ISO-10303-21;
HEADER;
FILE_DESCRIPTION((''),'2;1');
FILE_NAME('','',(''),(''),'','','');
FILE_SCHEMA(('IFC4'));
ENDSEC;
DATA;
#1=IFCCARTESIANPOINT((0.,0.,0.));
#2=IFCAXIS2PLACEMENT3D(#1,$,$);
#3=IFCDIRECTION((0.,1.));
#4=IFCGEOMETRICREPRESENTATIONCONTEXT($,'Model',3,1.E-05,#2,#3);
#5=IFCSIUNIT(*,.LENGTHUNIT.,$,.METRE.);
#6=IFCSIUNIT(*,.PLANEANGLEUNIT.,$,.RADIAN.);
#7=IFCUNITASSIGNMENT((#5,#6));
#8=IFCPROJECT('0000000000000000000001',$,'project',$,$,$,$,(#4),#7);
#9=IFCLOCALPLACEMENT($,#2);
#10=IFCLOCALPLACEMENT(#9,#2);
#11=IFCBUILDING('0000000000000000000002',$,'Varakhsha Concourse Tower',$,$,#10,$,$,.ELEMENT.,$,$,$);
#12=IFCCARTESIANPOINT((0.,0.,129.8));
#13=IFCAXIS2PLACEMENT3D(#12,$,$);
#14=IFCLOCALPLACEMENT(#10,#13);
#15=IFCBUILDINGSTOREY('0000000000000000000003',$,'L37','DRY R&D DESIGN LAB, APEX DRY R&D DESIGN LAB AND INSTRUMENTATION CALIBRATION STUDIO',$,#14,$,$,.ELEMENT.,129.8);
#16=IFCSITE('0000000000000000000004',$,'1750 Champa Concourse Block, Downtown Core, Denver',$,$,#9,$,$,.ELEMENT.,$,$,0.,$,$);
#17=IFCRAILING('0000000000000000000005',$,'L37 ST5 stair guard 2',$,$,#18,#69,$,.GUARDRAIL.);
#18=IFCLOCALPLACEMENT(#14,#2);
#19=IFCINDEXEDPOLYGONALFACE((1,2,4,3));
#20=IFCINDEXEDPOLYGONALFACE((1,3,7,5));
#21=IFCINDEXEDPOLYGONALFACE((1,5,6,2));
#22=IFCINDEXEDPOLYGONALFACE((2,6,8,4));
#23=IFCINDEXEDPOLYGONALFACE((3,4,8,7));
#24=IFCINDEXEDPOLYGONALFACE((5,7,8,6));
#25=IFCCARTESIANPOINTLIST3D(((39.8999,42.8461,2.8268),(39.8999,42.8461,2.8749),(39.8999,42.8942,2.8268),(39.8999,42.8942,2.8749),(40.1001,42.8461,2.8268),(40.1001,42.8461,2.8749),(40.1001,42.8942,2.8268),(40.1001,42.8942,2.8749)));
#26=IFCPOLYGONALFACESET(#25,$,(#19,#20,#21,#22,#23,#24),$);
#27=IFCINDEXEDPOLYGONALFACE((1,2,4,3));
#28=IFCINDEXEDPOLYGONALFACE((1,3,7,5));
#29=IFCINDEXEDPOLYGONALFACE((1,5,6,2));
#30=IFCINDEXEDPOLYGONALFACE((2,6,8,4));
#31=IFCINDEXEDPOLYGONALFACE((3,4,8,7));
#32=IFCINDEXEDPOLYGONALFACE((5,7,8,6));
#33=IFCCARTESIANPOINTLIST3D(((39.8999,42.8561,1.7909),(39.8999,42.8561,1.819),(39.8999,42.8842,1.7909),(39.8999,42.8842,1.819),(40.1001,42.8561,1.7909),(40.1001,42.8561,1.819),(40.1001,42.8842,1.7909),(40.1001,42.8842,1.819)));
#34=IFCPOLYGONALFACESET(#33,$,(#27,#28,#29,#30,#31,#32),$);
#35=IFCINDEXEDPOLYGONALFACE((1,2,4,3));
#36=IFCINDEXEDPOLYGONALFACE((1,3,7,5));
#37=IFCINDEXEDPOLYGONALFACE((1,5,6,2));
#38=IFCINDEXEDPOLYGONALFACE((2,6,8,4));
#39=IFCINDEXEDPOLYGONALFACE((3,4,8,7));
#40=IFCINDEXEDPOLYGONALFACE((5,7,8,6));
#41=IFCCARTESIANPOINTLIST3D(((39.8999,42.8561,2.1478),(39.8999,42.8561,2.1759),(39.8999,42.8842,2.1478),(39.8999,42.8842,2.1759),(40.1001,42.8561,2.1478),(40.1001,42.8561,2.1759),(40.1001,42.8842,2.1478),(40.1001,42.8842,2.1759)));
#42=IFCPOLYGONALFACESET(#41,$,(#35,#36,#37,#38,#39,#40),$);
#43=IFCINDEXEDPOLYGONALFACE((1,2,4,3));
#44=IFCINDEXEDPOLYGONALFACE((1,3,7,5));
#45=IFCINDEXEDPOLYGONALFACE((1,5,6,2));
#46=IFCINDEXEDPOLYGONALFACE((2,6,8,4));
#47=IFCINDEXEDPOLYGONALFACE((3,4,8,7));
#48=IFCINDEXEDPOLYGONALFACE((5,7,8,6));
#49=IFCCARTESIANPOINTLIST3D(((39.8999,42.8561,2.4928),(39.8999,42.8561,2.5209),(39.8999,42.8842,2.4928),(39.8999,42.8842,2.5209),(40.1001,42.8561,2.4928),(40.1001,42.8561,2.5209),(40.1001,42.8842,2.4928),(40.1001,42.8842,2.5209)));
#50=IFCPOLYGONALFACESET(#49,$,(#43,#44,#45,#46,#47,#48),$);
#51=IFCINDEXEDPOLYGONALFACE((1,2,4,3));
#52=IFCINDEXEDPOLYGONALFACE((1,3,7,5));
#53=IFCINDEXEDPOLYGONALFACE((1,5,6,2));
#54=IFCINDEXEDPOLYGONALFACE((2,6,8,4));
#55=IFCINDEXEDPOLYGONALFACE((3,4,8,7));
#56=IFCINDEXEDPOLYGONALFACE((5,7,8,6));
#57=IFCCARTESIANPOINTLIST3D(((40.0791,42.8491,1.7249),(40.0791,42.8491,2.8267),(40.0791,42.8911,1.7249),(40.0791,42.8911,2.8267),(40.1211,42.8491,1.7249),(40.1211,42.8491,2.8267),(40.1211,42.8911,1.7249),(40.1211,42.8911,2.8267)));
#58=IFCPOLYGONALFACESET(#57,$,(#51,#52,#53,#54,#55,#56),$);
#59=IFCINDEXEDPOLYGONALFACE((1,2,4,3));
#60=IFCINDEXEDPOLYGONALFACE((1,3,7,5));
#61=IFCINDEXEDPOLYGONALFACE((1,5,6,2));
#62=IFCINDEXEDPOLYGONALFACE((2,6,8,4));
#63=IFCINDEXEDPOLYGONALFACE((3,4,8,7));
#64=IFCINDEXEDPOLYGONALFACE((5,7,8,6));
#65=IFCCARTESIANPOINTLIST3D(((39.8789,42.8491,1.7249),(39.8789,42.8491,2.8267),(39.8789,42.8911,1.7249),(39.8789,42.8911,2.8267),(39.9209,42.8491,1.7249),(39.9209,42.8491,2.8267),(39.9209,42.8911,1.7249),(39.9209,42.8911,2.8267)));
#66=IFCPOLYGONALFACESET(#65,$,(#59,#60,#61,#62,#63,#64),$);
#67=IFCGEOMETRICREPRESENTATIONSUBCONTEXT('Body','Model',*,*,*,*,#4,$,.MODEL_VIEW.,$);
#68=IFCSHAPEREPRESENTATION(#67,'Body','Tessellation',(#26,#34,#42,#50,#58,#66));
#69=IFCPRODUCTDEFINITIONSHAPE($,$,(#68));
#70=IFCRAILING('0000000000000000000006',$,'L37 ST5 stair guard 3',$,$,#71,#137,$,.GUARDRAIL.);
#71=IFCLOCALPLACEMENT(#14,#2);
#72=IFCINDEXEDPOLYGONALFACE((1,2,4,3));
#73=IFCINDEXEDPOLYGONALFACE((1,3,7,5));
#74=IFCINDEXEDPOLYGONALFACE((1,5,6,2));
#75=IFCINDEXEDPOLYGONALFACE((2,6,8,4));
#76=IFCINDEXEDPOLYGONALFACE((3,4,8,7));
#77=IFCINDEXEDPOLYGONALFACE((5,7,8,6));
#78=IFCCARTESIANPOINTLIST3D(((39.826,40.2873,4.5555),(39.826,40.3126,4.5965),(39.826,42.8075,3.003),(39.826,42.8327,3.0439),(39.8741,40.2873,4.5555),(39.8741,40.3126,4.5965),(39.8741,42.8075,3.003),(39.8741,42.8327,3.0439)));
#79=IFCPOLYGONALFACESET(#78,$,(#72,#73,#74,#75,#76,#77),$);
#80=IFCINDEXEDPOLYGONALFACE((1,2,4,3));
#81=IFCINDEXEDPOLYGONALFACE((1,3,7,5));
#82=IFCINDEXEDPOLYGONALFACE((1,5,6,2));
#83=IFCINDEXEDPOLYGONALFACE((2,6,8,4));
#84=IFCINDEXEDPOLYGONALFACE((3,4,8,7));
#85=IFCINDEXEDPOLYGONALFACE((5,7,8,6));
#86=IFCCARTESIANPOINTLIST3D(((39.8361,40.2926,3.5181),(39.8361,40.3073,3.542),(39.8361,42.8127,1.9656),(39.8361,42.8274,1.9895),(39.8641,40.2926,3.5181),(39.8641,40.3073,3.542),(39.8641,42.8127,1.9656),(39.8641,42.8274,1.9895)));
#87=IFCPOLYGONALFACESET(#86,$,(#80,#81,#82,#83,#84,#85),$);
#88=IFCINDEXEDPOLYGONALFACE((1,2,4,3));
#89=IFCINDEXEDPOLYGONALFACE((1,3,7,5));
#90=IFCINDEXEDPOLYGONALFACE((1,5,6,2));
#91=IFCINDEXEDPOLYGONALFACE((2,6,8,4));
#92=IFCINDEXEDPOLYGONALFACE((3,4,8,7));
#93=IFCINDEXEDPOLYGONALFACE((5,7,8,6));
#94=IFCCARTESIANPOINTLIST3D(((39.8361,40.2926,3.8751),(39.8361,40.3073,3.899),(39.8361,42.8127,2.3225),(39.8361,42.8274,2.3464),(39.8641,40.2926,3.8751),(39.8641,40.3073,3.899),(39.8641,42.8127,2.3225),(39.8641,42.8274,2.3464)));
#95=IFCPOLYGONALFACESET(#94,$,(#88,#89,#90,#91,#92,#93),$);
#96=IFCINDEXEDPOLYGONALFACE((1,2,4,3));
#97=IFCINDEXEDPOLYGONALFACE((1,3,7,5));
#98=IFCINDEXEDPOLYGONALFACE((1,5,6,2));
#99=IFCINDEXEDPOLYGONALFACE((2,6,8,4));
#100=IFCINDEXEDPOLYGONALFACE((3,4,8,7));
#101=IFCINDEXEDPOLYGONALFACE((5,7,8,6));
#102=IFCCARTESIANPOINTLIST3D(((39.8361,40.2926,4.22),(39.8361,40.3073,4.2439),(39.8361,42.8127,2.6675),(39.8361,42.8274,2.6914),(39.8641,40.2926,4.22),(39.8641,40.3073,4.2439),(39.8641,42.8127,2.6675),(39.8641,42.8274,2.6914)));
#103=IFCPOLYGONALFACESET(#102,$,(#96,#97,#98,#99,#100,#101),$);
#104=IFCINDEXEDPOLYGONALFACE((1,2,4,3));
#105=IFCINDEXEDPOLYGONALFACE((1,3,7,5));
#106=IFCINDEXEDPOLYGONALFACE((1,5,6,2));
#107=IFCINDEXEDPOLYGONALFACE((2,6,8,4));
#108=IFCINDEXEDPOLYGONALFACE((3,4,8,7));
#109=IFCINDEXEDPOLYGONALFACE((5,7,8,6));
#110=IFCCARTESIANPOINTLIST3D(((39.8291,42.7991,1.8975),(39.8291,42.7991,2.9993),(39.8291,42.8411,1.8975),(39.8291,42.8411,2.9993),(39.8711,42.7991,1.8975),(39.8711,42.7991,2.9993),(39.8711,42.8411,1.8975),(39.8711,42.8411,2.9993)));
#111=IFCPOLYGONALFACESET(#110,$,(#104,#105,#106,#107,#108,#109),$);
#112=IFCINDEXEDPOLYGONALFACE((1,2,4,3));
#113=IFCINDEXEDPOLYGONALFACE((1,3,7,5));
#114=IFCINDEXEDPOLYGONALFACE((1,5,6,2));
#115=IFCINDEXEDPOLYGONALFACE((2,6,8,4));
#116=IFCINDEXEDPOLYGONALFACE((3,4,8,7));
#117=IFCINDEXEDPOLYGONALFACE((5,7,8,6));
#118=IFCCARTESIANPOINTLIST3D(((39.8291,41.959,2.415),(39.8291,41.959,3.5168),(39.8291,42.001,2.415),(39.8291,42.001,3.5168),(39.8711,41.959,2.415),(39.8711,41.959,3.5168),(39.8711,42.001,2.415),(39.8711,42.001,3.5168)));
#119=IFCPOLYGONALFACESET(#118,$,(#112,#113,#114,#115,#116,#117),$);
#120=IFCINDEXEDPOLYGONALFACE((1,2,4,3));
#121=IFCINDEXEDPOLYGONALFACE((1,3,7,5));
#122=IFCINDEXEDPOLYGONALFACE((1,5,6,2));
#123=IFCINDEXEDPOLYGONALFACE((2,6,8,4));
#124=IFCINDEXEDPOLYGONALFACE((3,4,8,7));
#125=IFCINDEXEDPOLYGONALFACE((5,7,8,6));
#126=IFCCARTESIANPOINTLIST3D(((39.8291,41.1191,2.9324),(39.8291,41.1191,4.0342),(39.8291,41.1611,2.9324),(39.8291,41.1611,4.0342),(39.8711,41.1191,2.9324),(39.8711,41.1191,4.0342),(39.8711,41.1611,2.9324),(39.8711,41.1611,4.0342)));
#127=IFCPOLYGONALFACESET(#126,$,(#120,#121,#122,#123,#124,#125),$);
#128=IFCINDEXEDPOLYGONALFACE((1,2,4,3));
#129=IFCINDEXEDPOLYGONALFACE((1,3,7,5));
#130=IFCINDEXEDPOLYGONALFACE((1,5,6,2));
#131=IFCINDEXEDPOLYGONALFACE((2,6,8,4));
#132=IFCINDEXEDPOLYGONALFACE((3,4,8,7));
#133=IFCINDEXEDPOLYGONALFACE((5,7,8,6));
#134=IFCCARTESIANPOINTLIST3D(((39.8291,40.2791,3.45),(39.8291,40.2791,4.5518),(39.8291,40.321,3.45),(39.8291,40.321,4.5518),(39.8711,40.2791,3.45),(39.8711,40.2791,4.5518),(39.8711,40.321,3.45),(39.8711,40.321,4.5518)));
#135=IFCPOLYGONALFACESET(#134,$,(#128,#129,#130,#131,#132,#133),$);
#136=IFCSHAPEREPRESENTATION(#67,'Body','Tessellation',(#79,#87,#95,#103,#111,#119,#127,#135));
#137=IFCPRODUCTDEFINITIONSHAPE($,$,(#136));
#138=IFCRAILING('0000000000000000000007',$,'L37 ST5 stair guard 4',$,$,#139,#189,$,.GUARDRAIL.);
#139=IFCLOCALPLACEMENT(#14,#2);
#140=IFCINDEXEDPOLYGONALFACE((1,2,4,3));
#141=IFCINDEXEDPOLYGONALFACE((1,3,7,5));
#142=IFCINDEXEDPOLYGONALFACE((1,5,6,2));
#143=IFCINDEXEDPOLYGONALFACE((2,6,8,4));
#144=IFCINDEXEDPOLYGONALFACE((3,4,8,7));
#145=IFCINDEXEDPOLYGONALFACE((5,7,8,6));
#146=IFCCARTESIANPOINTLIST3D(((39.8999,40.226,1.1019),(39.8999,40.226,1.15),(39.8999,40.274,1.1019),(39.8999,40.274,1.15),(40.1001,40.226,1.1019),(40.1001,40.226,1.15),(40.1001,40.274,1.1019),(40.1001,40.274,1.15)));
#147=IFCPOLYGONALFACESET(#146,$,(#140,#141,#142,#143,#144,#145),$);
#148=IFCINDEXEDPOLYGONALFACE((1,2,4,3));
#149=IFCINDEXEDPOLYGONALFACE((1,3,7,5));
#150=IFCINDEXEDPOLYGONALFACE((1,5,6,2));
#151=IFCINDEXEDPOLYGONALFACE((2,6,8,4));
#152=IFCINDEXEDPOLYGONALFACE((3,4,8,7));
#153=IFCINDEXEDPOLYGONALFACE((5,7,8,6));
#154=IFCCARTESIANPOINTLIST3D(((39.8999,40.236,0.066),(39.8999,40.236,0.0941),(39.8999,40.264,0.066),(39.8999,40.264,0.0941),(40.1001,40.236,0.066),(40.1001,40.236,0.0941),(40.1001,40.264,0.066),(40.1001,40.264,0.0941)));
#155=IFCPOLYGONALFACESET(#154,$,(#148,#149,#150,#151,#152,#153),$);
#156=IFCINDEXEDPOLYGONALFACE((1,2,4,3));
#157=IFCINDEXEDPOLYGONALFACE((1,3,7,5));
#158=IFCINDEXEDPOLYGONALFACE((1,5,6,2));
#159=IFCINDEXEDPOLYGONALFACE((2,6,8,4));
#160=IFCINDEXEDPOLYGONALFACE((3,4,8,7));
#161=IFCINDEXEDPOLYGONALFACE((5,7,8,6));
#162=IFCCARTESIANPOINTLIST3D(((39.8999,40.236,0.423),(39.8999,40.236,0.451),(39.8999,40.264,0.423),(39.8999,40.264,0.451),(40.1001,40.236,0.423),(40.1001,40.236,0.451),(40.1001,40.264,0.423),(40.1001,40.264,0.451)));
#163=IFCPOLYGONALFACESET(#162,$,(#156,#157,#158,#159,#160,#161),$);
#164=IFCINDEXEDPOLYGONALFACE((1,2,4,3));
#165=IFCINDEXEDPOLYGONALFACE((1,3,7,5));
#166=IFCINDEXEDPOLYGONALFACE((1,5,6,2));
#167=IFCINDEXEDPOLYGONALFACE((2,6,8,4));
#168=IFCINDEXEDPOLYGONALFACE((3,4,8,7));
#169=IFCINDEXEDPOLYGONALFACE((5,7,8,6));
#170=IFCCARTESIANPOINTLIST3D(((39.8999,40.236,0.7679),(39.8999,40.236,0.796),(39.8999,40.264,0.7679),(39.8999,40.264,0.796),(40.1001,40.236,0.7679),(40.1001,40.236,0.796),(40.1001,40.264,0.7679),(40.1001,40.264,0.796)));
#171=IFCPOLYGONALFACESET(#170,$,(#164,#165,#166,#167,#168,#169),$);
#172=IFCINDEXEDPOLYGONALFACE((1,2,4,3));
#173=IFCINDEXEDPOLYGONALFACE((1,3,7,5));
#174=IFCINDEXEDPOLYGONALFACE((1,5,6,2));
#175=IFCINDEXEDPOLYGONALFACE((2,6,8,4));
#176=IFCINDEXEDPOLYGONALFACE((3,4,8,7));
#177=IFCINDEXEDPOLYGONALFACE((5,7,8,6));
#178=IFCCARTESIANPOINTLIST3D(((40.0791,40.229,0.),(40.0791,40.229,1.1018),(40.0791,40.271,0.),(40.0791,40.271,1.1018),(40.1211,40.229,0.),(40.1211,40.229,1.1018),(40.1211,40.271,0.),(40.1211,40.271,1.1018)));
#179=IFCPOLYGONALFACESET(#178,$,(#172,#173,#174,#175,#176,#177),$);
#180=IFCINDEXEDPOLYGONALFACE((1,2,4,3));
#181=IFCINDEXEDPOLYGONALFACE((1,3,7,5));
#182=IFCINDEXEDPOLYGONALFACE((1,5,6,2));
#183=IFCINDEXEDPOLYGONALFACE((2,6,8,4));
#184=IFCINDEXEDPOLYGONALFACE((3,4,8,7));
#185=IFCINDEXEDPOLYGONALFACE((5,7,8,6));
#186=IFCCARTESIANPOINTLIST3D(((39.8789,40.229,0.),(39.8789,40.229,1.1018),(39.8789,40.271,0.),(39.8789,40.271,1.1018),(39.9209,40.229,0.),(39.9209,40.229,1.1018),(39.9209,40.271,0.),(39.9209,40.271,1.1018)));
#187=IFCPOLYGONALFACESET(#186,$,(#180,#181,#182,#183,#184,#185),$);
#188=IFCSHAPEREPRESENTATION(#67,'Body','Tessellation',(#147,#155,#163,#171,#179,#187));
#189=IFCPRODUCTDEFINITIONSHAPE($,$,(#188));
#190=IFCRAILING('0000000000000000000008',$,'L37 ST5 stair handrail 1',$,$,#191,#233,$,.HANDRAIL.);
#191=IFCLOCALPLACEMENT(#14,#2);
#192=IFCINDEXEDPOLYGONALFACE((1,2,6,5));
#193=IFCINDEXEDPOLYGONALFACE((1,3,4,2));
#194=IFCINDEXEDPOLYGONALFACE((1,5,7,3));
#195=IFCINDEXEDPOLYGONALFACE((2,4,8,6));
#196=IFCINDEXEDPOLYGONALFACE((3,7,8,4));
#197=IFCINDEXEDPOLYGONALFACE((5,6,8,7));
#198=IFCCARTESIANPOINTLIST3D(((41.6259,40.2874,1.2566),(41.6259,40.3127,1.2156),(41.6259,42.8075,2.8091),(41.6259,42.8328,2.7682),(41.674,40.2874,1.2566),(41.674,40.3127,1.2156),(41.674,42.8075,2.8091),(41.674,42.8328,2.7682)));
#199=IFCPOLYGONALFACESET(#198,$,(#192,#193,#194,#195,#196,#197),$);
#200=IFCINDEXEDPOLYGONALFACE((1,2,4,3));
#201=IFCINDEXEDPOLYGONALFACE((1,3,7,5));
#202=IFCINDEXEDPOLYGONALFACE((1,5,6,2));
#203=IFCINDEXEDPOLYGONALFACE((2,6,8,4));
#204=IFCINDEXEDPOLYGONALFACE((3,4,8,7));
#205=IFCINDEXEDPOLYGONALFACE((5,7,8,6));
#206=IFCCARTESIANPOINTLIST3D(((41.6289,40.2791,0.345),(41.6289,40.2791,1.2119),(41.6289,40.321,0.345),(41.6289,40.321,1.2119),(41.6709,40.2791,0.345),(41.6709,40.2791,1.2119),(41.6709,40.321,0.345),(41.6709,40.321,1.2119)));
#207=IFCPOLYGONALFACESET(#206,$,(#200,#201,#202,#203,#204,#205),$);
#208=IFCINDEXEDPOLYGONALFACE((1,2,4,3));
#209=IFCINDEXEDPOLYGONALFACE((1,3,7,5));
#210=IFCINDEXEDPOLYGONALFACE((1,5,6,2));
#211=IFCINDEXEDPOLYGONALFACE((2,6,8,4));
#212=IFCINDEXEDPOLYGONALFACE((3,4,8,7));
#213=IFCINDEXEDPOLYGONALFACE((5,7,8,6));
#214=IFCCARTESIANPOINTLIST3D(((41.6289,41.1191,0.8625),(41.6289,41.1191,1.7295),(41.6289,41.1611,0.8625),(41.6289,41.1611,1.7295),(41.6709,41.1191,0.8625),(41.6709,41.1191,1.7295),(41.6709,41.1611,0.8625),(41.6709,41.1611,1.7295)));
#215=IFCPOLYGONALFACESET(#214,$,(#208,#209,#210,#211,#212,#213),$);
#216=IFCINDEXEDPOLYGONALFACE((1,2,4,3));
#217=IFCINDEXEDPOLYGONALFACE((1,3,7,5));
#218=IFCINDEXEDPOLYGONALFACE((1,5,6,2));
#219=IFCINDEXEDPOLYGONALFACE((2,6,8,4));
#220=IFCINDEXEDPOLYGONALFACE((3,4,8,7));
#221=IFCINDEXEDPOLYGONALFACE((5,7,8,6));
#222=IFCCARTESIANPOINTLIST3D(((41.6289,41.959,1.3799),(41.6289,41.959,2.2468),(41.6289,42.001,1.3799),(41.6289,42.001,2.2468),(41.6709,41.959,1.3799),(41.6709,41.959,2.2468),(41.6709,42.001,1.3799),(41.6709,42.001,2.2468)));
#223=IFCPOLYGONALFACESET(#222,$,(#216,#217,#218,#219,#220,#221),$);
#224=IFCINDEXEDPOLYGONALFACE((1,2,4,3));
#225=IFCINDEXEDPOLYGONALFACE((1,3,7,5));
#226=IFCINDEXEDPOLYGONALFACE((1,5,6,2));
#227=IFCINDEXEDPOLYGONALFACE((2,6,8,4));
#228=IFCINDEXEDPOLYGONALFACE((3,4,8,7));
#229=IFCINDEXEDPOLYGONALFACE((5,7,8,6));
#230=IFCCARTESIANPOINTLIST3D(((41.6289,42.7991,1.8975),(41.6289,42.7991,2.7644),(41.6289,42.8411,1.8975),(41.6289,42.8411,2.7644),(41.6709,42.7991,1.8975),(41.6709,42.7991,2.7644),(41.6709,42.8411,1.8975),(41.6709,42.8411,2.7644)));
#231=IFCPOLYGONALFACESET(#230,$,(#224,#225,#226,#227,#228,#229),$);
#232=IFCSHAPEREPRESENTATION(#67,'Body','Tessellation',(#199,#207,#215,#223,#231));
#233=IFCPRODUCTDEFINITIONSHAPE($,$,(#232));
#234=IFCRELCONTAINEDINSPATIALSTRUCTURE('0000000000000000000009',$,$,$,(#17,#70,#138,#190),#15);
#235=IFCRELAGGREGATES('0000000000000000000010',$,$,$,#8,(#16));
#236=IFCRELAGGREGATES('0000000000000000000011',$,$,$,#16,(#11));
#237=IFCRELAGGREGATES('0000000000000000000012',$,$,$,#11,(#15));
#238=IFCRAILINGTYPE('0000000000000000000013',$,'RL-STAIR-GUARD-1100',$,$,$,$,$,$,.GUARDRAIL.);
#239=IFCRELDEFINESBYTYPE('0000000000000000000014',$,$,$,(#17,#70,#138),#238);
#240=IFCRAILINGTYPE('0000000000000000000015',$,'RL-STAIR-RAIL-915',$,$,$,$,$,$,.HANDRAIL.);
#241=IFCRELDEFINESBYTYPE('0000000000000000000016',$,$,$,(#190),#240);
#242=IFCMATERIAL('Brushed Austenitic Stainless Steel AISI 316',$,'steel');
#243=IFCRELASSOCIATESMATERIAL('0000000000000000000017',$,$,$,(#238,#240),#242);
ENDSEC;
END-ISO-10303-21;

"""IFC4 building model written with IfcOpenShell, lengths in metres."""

from ifc_helpers import new_model, si_unit, direction, frame, origin, origin_2d, place, context, subcontext, project, spatial, rectangle, extrude, material, type_object, element, save


model = new_model("IFC4")

# Units and contexts
model_context = context("Model", 3, precision=1e-05, world=origin(), true_north=direction((0.0, 1.0)))
body_context = subcontext(model_context, "Body", "Model", "MODEL_VIEW")
ifc_project = project(units=[si_unit("LENGTHUNIT", "METRE"), si_unit("PLANEANGLEUNIT", "RADIAN")], contexts=[model_context])

# Site, building, storey
site_placement = place(None, origin())
site = spatial("IfcSite", under=ifc_project, at=site_placement, Name="1750 Champa Concourse Block, Downtown Core, Denver", CompositionType="ELEMENT", RefElevation=0.0)
building_placement = place(site_placement, origin())
building = spatial("IfcBuilding", under=site, at=building_placement, Name="Varakhsha Concourse Tower", CompositionType="ELEMENT")
storey_placement = place(building_placement, frame((0.0, 0.0, 129.8)))
storey = spatial("IfcBuildingStorey", under=building, at=storey_placement, Name="L37", Description="DRY R&D DESIGN LAB, APEX DRY R&D DESIGN LAB AND INSTRUMENTATION CALIBRATION STUDIO", CompositionType="ELEMENT", Elevation=129.8)

# Railings
ifc_material_1 = material(Name="Brushed Austenitic Stainless Steel AISI 316", Category="steel")
railing_type_1 = type_object("IfcRailingType", Name="RL-STAIR-GUARD-1100", PredefinedType="GUARDRAIL", material=ifc_material_1)
railing_1_placement = place(storey_placement, frame((40.1001, 42.8701, 1.7249)))
element("IfcRailing", 1, at=railing_1_placement, inside=storey, type_object=railing_type_1, Name="L37 ST5 stair guard 2", PredefinedType="GUARDRAIL", context=body_context, shape_type="SweptSolid", body=[
    extrude(rectangle(XDim=0.0481, YDim=0.0481, at=origin_2d()), frame((0.0, 0.0, 1.126), z_axis=(-1.0, 0.0, 0.0), x_axis=(0.0, -1.0, 0.0)), (0.0, 0.0, 1.0), 0.2002),
    extrude(rectangle(XDim=0.0281, YDim=0.0281, at=origin_2d()), frame((0.0, 0.0, 0.0801), z_axis=(-1.0, 0.0, 0.0), x_axis=(0.0, -1.0, 0.0)), (0.0, 0.0, 1.0), 0.2002),
    extrude(rectangle(XDim=0.0281, YDim=0.0281, at=origin_2d()), frame((0.0, 0.0, 0.437), z_axis=(-1.0, 0.0, 0.0), x_axis=(0.0, -1.0, 0.0)), (0.0, 0.0, 1.0), 0.2002),
    extrude(rectangle(XDim=0.0281, YDim=0.0281, at=origin_2d()), frame((0.0, 0.0, 0.782), z_axis=(-1.0, 0.0, 0.0), x_axis=(0.0, -1.0, 0.0)), (0.0, 0.0, 1.0), 0.2002),
    extrude(rectangle(XDim=0.042, YDim=0.042, at=origin_2d()), origin(), (0.0, 0.0, 1.0), 1.1018),
    extrude(rectangle(XDim=0.042, YDim=0.042, at=origin_2d()), frame((-0.2002, 0.0, 0.0)), (0.0, 0.0, 1.0), 1.1018),
])
railing_2_placement = place(storey_placement, frame((39.8501, 42.8201, 1.8975)))
element("IfcRailing", 2, at=railing_2_placement, inside=storey, type_object=railing_type_1, Name="L37 ST5 stair guard 3", PredefinedType="GUARDRAIL", context=body_context, shape_type="SweptSolid", body=[
    extrude(rectangle(XDim=0.0481, YDim=0.0481, at=origin_2d()), frame((0.0, 0.0, 1.126), z_axis=(0.0, -0.8514, 0.524516), x_axis=(1.0, 0.0, 0.0)), (0.0, 0.0, 1.0), 2.96),
    extrude(rectangle(XDim=0.0281, YDim=0.0281, at=origin_2d()), frame((0.0, 0.0, 0.0801), z_axis=(0.0, -0.8514, 0.524516), x_axis=(1.0, 0.0, 0.0)), (0.0, 0.0, 1.0), 2.96),
    extrude(rectangle(XDim=0.0281, YDim=0.0281, at=origin_2d()), frame((0.0, 0.0, 0.437), z_axis=(0.0, -0.8514, 0.524516), x_axis=(1.0, 0.0, 0.0)), (0.0, 0.0, 1.0), 2.96),
    extrude(rectangle(XDim=0.0281, YDim=0.0281, at=origin_2d()), frame((0.0, 0.0, 0.782), z_axis=(0.0, -0.8514, 0.524516), x_axis=(1.0, 0.0, 0.0)), (0.0, 0.0, 1.0), 2.96),
    extrude(rectangle(XDim=0.042, YDim=0.042, at=origin_2d()), origin(), (0.0, 0.0, 1.0), 1.1018),
    extrude(rectangle(XDim=0.042, YDim=0.042, at=origin_2d()), frame((0.0, -0.8401, 0.5176)), (0.0, 0.0, 1.0), 1.1018),
    extrude(rectangle(XDim=0.042, YDim=0.042, at=origin_2d()), frame((0.0, -1.6799, 1.0349)), (0.0, 0.0, 1.0), 1.1018),
    extrude(rectangle(XDim=0.042, YDim=0.042, at=origin_2d()), frame((0.0, -2.52, 1.5525)), (0.0, 0.0, 1.0), 1.1018),
])
railing_3_placement = place(storey_placement, frame((40.1001, 40.25, 0.0)))
element("IfcRailing", 3, at=railing_3_placement, inside=storey, type_object=railing_type_1, Name="L37 ST5 stair guard 4", PredefinedType="GUARDRAIL", context=body_context, shape_type="SweptSolid", body=[
    extrude(rectangle(XDim=0.0481, YDim=0.0481, at=origin_2d()), frame((0.0, 0.0, 1.126), z_axis=(-1.0, 0.0, 0.0), x_axis=(0.0, -1.0, 0.0)), (0.0, 0.0, 1.0), 0.2002),
    extrude(rectangle(XDim=0.0281, YDim=0.0281, at=origin_2d()), frame((0.0, 0.0, 0.0801), z_axis=(-1.0, 0.0, 0.0), x_axis=(0.0, -1.0, 0.0)), (0.0, 0.0, 1.0), 0.2002),
    extrude(rectangle(XDim=0.0281, YDim=0.0281, at=origin_2d()), frame((0.0, 0.0, 0.437), z_axis=(-1.0, 0.0, 0.0), x_axis=(0.0, -1.0, 0.0)), (0.0, 0.0, 1.0), 0.2002),
    extrude(rectangle(XDim=0.0281, YDim=0.0281, at=origin_2d()), frame((0.0, 0.0, 0.782), z_axis=(-1.0, 0.0, 0.0), x_axis=(0.0, -1.0, 0.0)), (0.0, 0.0, 1.0), 0.2002),
    extrude(rectangle(XDim=0.042, YDim=0.042, at=origin_2d()), origin(), (0.0, 0.0, 1.0), 1.1018),
    extrude(rectangle(XDim=0.042, YDim=0.042, at=origin_2d()), frame((-0.2002, 0.0, 0.0)), (0.0, 0.0, 1.0), 1.1018),
])
railing_type_2 = type_object("IfcRailingType", Name="RL-STAIR-RAIL-915", PredefinedType="HANDRAIL", material=ifc_material_1)
railing_4_placement = place(storey_placement, frame((41.6499, 40.3, 0.345)))
element("IfcRailing", 4, at=railing_4_placement, inside=storey, type_object=railing_type_2, Name="L37 ST5 stair handrail 1", PredefinedType="HANDRAIL", context=body_context, shape_type="SweptSolid", body=[
    extrude(rectangle(XDim=0.0481, YDim=0.0481, at=origin_2d()), frame((0.0, 0.0, 0.8911), z_axis=(0.0, 0.8514, 0.524516), x_axis=(-1.0, 0.0, 0.0)), (0.0, 0.0, 1.0), 2.96),
    extrude(rectangle(XDim=0.042, YDim=0.042, at=origin_2d()), origin(), (0.0, 0.0, 1.0), 0.8669),
    extrude(rectangle(XDim=0.042, YDim=0.042, at=origin_2d()), frame((0.0, 0.8401, 0.5176)), (0.0, 0.0, 1.0), 0.8669),
    extrude(rectangle(XDim=0.042, YDim=0.042, at=origin_2d()), frame((0.0, 1.6799, 1.0349)), (0.0, 0.0, 1.0), 0.8669),
    extrude(rectangle(XDim=0.042, YDim=0.042, at=origin_2d()), frame((0.0, 2.52, 1.5525)), (0.0, 0.0, 1.0), 0.8669),
])

save(model, "model.ifc")
